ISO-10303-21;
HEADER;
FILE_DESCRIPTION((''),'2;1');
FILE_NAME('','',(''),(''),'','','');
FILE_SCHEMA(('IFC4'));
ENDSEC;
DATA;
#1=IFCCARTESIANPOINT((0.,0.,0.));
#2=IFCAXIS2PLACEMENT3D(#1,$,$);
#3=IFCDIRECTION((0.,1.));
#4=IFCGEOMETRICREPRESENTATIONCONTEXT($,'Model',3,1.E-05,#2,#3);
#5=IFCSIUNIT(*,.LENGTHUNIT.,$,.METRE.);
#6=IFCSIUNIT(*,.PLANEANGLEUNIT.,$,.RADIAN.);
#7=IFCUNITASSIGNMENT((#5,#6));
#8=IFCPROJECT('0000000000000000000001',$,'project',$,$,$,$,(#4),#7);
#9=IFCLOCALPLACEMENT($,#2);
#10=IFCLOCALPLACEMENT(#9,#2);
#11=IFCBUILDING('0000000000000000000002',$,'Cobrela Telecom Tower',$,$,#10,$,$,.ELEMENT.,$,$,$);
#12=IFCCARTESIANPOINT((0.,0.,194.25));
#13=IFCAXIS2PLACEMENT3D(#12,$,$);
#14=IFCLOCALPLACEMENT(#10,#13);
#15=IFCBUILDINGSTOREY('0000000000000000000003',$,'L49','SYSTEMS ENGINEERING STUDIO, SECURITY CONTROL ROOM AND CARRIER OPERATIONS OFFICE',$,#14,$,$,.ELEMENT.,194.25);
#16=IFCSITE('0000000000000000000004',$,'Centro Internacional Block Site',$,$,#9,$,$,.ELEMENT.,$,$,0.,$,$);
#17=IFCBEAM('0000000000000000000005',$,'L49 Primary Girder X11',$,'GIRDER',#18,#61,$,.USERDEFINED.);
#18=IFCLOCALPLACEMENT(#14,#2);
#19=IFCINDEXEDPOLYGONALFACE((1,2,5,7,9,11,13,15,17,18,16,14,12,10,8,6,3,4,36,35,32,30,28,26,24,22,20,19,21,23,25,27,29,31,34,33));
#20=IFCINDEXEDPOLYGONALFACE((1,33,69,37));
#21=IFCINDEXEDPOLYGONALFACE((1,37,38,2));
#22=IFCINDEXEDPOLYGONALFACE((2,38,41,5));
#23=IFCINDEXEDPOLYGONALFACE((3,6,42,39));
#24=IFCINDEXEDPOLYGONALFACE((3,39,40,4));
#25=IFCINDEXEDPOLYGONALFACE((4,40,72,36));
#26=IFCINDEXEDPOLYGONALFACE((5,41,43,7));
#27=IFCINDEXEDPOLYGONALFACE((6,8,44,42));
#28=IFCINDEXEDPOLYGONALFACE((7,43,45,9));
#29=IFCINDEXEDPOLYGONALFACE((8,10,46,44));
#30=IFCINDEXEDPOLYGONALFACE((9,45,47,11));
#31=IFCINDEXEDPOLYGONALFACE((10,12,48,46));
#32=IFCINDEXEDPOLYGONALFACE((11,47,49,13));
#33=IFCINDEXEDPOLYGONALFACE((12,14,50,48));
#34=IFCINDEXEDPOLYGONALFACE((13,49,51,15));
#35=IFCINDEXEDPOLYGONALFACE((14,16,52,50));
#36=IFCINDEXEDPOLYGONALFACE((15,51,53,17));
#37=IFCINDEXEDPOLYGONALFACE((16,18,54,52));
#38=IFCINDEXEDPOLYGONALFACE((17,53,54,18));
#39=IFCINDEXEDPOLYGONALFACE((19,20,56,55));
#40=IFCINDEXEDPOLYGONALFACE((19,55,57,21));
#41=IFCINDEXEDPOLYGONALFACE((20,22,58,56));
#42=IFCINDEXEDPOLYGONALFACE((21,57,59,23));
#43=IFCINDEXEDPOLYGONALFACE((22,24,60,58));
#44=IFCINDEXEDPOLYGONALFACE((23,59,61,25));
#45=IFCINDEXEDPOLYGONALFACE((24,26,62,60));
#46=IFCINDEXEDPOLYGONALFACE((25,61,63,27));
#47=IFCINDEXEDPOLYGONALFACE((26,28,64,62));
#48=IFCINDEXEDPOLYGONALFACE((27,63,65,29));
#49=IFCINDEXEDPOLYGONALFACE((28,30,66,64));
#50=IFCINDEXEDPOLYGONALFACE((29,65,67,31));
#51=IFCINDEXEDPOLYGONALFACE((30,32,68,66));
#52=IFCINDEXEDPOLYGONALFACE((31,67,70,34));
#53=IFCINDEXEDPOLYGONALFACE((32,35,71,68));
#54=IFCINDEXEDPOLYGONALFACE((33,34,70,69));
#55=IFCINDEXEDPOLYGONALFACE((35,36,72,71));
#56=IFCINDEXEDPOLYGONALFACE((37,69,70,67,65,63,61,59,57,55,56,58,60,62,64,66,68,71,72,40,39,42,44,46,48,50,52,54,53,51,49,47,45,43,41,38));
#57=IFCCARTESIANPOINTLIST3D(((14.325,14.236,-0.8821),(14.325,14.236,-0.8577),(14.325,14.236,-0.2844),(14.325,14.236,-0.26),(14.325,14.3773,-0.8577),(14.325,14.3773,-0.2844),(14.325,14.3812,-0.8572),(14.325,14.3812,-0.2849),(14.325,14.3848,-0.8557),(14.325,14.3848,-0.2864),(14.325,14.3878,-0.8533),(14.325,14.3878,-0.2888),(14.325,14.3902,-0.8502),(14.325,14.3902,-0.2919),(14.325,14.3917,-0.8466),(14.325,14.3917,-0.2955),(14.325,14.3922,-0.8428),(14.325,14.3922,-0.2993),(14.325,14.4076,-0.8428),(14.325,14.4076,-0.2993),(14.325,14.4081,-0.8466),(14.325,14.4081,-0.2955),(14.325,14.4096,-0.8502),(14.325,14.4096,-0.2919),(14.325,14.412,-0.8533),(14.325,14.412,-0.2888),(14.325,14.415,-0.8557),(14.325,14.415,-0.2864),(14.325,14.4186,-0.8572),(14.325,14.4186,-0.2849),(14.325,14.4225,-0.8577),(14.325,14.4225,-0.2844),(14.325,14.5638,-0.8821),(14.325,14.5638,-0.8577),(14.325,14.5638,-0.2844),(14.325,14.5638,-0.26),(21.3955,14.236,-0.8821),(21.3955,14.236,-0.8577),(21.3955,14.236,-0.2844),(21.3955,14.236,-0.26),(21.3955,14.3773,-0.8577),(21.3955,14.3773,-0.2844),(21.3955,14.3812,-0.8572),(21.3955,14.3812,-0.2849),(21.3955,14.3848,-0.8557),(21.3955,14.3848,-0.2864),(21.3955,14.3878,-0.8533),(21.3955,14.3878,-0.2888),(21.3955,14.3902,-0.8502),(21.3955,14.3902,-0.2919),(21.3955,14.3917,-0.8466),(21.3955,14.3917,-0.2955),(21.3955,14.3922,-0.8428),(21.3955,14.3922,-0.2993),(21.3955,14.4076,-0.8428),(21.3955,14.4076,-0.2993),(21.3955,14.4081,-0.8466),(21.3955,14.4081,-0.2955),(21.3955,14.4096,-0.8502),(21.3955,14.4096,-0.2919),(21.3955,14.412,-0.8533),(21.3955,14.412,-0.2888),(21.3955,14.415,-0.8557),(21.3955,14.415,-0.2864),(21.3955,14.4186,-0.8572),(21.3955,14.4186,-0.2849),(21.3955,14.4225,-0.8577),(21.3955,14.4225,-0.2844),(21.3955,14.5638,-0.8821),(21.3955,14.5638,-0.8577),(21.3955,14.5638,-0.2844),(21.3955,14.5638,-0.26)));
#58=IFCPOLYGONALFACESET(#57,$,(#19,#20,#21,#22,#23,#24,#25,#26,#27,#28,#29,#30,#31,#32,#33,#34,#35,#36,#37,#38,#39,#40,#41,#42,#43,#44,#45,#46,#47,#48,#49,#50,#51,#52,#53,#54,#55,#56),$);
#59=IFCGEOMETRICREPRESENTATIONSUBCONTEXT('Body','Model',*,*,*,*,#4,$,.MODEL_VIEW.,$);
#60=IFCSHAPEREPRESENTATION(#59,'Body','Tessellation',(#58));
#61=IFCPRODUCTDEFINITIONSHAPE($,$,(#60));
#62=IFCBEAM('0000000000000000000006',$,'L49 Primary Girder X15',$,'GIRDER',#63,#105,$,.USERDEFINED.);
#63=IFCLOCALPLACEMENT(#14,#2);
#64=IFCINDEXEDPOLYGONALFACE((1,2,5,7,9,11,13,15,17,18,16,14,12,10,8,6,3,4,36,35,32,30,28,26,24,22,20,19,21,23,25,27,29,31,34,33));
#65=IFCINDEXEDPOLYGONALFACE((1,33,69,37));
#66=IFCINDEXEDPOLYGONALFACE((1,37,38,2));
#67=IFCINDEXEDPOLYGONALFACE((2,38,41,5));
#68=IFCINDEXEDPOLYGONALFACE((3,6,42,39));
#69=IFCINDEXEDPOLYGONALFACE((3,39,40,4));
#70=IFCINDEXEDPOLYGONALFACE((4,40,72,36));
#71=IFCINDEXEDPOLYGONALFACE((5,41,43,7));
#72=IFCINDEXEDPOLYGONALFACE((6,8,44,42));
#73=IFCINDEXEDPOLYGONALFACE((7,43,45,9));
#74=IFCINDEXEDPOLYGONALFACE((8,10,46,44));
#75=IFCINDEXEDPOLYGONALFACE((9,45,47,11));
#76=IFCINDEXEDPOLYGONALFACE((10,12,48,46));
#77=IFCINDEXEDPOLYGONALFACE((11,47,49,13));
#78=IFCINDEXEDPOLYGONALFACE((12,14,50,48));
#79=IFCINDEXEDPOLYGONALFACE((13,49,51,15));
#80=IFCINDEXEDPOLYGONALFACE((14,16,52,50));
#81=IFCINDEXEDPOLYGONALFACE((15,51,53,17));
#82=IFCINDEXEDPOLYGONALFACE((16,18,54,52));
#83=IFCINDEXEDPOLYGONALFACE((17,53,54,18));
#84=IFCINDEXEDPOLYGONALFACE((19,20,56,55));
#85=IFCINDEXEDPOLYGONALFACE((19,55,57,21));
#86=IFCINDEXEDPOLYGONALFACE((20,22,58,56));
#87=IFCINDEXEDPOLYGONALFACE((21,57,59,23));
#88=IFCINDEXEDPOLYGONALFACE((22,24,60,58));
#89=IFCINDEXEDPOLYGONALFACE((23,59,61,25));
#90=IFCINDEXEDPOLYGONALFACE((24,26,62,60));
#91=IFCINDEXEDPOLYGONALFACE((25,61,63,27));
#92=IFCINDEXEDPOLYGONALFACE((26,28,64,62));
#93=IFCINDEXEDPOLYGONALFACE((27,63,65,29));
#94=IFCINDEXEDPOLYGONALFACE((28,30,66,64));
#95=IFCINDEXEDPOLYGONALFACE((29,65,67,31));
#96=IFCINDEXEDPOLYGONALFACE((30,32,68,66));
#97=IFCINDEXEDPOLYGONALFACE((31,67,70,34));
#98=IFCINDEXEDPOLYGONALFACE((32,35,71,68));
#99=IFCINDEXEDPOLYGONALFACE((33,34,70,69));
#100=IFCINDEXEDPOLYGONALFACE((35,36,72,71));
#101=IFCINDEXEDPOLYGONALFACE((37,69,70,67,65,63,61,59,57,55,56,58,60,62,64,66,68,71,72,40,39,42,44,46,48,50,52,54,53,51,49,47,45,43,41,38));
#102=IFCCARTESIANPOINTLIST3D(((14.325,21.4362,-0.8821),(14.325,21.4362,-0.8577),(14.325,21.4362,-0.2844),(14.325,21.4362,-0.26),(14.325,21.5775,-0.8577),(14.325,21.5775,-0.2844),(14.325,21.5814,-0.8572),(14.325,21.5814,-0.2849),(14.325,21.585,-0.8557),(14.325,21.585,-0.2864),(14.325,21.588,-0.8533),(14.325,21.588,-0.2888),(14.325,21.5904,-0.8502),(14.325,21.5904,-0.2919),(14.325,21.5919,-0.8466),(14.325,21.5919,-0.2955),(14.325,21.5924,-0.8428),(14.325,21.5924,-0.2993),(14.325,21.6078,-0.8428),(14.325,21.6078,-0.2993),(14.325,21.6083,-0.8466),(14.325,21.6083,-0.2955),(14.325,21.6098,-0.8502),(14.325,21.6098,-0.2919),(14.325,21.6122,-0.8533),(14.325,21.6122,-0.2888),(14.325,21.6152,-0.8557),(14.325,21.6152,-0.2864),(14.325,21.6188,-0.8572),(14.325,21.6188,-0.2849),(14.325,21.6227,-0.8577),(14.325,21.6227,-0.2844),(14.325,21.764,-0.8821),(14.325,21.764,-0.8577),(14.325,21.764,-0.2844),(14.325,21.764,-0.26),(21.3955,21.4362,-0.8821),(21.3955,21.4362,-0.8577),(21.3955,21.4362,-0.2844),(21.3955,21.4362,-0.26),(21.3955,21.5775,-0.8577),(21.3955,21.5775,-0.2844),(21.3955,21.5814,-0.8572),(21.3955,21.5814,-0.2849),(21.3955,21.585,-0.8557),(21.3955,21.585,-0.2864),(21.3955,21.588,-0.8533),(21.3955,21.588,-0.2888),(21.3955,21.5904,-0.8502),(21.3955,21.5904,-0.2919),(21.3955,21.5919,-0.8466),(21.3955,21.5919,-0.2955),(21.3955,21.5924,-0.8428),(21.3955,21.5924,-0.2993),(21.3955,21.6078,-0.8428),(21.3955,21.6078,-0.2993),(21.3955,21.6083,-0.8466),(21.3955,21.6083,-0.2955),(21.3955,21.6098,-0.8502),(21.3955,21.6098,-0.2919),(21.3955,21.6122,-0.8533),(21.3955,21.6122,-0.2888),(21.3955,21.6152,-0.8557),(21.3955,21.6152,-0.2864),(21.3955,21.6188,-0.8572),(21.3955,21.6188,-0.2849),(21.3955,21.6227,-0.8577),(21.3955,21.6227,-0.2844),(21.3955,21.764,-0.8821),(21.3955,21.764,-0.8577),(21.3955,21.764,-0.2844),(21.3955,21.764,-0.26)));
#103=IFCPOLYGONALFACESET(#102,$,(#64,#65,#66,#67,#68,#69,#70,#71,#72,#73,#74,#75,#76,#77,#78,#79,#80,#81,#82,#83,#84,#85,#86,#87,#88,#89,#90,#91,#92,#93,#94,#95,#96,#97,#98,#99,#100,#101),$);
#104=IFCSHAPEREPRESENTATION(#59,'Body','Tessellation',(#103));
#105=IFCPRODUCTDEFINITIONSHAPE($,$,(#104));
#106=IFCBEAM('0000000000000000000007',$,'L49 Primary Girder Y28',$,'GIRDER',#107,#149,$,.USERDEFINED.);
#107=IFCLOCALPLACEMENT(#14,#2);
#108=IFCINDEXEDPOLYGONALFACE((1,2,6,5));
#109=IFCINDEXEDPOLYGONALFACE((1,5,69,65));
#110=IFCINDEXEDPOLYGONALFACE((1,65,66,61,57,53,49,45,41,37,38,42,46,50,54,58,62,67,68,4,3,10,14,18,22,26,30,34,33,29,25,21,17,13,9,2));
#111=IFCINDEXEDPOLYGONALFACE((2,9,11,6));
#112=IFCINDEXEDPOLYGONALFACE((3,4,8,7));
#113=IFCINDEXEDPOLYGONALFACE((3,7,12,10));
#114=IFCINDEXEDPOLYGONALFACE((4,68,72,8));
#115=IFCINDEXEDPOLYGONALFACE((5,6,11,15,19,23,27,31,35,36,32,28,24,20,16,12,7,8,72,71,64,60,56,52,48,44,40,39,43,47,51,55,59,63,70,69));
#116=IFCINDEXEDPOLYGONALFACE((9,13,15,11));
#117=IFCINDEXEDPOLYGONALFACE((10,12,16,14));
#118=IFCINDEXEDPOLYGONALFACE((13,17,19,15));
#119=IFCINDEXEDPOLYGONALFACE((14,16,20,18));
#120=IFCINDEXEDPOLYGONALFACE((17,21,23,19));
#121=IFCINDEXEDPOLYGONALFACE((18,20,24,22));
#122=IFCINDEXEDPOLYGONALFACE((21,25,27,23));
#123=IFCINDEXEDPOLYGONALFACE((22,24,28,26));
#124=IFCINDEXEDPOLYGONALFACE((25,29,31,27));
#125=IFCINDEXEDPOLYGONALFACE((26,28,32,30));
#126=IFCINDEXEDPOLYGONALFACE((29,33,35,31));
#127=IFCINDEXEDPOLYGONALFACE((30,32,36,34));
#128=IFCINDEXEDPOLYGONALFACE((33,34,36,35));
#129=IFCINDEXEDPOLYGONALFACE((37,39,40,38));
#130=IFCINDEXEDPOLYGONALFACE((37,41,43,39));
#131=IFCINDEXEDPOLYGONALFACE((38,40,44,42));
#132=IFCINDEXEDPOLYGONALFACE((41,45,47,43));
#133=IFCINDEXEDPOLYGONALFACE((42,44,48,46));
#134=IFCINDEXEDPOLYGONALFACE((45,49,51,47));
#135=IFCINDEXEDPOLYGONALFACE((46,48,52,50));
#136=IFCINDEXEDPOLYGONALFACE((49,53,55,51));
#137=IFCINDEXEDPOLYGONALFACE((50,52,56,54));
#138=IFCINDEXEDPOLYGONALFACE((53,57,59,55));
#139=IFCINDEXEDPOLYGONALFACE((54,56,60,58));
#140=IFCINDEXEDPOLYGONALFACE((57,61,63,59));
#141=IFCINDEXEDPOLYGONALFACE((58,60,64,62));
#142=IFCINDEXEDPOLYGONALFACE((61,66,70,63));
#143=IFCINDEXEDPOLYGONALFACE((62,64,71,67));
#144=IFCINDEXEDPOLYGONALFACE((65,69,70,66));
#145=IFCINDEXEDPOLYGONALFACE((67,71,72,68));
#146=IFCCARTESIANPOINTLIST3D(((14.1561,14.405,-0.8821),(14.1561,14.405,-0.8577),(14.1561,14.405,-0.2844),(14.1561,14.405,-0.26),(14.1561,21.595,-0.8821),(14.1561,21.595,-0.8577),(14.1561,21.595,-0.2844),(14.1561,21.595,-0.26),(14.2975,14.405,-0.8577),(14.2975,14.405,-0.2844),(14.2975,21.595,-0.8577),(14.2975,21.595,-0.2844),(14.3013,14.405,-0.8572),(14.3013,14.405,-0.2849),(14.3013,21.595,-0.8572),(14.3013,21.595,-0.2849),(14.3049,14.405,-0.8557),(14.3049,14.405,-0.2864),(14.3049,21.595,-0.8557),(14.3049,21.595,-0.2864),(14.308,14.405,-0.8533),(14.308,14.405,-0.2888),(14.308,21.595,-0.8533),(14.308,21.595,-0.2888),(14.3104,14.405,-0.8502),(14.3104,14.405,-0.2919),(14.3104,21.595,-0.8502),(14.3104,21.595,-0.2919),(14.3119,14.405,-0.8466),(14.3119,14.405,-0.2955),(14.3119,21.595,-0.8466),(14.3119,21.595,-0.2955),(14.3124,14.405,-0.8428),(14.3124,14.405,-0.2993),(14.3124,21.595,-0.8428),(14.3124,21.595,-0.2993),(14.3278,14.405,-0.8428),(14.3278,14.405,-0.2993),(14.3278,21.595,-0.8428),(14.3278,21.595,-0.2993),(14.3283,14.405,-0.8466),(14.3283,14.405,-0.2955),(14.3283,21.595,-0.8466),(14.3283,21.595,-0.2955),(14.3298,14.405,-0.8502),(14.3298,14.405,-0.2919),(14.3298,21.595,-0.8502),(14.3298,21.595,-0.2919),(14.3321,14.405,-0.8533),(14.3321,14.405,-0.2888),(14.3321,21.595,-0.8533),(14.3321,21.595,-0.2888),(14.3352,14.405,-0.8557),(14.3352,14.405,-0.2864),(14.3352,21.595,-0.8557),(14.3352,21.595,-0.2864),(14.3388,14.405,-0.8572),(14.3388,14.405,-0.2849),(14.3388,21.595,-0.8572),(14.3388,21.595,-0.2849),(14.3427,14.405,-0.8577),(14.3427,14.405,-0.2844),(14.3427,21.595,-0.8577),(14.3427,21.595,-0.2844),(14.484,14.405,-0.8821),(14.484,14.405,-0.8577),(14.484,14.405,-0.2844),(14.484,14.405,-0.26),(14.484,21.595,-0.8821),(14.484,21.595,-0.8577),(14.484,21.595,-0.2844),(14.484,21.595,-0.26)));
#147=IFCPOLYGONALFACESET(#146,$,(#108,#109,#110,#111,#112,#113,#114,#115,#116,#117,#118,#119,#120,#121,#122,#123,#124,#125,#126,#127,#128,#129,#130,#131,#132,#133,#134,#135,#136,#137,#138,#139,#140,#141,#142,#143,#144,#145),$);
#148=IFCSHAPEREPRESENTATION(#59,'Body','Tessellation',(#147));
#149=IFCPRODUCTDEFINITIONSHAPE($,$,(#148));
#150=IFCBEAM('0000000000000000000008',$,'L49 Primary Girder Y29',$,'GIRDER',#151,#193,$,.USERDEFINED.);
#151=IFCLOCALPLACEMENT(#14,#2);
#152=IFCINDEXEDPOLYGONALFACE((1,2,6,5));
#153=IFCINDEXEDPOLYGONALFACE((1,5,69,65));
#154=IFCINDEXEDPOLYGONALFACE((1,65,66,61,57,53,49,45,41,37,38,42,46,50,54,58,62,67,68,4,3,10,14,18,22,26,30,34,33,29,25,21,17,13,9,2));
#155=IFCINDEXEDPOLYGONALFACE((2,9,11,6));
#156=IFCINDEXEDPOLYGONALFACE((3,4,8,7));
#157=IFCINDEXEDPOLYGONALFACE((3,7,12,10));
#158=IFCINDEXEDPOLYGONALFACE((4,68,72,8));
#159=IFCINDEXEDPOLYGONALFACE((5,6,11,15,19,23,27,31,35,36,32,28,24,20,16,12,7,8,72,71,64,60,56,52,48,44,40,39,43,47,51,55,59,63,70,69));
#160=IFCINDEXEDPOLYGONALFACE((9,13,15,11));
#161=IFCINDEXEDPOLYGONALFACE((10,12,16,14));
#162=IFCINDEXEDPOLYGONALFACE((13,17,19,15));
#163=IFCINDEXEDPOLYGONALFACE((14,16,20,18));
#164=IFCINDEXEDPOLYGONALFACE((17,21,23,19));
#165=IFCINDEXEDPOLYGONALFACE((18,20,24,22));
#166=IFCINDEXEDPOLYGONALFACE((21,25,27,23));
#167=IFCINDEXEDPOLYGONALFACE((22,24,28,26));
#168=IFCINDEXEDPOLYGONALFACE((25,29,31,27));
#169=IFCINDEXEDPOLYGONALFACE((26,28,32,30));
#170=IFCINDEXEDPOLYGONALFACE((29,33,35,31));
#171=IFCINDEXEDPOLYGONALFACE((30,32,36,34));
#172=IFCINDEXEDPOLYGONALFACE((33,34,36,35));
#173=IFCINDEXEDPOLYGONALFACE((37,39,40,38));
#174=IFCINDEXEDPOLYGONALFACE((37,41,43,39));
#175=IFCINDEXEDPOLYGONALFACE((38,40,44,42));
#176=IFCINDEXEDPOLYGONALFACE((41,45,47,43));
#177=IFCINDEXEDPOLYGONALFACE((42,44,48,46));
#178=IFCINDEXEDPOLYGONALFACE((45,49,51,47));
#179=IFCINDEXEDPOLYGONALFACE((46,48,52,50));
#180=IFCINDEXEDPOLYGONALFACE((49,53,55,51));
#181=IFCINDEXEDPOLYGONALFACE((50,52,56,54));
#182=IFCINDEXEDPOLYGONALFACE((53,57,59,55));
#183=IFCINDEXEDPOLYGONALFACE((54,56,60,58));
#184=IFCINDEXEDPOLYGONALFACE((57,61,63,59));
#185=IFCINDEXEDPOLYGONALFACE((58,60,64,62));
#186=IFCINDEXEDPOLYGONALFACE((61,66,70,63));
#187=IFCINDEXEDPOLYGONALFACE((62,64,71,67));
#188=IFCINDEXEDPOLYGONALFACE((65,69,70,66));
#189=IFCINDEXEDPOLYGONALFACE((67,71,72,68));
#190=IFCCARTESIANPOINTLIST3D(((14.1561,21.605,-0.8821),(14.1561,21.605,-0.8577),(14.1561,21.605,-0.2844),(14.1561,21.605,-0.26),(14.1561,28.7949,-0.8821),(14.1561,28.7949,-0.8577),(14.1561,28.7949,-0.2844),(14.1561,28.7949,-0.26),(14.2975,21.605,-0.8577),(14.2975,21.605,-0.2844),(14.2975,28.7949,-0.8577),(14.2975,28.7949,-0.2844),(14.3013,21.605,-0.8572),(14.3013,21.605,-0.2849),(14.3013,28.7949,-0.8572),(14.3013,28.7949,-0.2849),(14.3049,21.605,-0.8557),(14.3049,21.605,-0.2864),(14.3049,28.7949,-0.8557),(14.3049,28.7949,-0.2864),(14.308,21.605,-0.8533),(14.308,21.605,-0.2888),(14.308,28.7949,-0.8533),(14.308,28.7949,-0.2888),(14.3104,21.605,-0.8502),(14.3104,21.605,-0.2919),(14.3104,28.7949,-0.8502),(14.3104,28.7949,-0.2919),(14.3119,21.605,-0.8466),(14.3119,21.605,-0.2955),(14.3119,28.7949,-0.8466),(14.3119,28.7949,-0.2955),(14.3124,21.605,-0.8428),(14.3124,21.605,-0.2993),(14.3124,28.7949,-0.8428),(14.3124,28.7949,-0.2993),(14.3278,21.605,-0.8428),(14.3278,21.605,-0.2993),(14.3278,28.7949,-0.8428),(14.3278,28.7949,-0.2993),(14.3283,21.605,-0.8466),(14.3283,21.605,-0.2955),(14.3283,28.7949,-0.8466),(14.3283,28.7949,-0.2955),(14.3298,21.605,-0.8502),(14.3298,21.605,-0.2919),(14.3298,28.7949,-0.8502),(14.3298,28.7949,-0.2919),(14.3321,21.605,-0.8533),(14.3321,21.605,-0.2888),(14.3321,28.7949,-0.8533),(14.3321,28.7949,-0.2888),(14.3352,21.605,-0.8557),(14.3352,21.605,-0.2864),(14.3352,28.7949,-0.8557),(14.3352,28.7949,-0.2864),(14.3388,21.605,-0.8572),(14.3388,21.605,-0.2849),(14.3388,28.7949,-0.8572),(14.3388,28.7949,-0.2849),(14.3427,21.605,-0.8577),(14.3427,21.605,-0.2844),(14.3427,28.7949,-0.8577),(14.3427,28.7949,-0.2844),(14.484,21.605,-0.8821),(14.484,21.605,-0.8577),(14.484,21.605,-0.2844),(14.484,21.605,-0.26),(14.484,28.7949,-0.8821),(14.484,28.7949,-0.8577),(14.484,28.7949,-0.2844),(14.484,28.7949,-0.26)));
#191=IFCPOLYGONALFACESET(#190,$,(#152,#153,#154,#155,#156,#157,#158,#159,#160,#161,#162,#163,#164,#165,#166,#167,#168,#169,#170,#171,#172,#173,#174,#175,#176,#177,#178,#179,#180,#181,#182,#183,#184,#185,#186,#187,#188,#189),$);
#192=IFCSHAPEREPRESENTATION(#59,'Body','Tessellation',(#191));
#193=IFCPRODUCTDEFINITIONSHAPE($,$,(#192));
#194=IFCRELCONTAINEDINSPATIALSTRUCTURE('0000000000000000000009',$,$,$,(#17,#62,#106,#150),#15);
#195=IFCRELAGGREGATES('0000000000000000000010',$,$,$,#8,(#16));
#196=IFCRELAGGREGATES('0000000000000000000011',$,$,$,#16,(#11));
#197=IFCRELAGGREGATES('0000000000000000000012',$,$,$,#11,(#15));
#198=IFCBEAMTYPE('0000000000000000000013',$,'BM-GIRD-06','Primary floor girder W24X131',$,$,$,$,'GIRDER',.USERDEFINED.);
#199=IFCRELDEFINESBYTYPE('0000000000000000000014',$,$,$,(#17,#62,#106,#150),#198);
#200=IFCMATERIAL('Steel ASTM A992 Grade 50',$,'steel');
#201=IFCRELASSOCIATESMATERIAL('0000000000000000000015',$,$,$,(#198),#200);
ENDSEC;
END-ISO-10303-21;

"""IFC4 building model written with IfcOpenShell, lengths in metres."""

from ifc_helpers import new_model, si_unit, direction, frame, origin, origin_2d, place, context, subcontext, project, spatial, i_section, extrude, material, material_profile, profile_set, type_object, element, save


model = new_model("IFC4")

# Units and contexts
model_context = context("Model", 3, precision=1e-05, world=origin(), true_north=direction((0.0, 1.0)))
body_context = subcontext(model_context, "Body", "Model", "MODEL_VIEW")
ifc_project = project(units=[si_unit("LENGTHUNIT", "METRE"), si_unit("PLANEANGLEUNIT", "RADIAN")], contexts=[model_context])

# Site, building, storey
site_placement = place(None, origin())
site = spatial("IfcSite", under=ifc_project, at=site_placement, Name="Centro Internacional Block Site", CompositionType="ELEMENT", RefElevation=0.0)
building_placement = place(site_placement, origin())
building = spatial("IfcBuilding", under=site, at=building_placement, Name="Cobrela Telecom Tower", CompositionType="ELEMENT")
storey_placement = place(building_placement, frame((0.0, 0.0, 194.25)))
storey = spatial("IfcBuildingStorey", under=building, at=storey_placement, Name="L49", Description="SYSTEMS ENGINEERING STUDIO, SECURITY CONTROL ROOM AND CARRIER OPERATIONS OFFICE", CompositionType="ELEMENT", Elevation=194.25)

# Beams
ifc_material_1 = material(Name="Steel ASTM A992 Grade 50", Category="steel")
ifc_material_profile_1 = material_profile(ifc_material_1, i_section(OverallWidth=0.3279, OverallDepth=0.6221, WebThickness=0.0154, FlangeThickness=0.0244, FilletRadius=0.0149, at=origin_2d()), Name="W24X131")
ifc_profile_set_1 = profile_set([ifc_material_profile_1], Name="Steel ASTM A992 Grade 50")
beam_type_1 = type_object("IfcBeamType", Name="BM-GIRD-06", Description="Primary floor girder W24X131", ElementType="GIRDER", PredefinedType="USERDEFINED", material=ifc_profile_set_1)
for number, where, z_axis, x_axis, name in (
    (1, (14.325, 14.3999, -0.571), (1.0, 0.0, 0.0), (0.0, 1.0, 0.0), "L49 Primary Girder X11"),
    (2, (14.325, 21.6001, -0.571), (1.0, 0.0, 0.0), (0.0, 1.0, 0.0), "L49 Primary Girder X15"),
):
    element("IfcBeam", number, at=place(storey_placement, frame(where, z_axis=z_axis, x_axis=x_axis)), inside=storey, type_object=beam_type_1, Name=name, ObjectType="GIRDER", PredefinedType="USERDEFINED", context=body_context, shape_type="SweptSolid", body=[
        extrude(i_section(OverallWidth=0.3279, OverallDepth=0.6221, WebThickness=0.0154, FlangeThickness=0.0244, FilletRadius=0.0149, at=origin_2d()), origin(), (0.0, 0.0, 1.0), 7.0706),
    ])
for number, where, z_axis, x_axis, name in (
    (3, (14.3201, 14.405, -0.571), (0.0, 1.0, 0.0), (-1.0, 0.0, 0.0), "L49 Primary Girder Y28"),
    (4, (14.3201, 21.605, -0.571), (0.0, 1.0, 0.0), (-1.0, 0.0, 0.0), "L49 Primary Girder Y29"),
):
    element("IfcBeam", number, at=place(storey_placement, frame(where, z_axis=z_axis, x_axis=x_axis)), inside=storey, type_object=beam_type_1, Name=name, ObjectType="GIRDER", PredefinedType="USERDEFINED", context=body_context, shape_type="SweptSolid", body=[
        extrude(i_section(OverallWidth=0.3279, OverallDepth=0.6221, WebThickness=0.0154, FlangeThickness=0.0244, FilletRadius=0.0149, at=origin_2d()), origin(), (0.0, 0.0, 1.0), 7.1899),
    ])

save(model, "model.ifc")
